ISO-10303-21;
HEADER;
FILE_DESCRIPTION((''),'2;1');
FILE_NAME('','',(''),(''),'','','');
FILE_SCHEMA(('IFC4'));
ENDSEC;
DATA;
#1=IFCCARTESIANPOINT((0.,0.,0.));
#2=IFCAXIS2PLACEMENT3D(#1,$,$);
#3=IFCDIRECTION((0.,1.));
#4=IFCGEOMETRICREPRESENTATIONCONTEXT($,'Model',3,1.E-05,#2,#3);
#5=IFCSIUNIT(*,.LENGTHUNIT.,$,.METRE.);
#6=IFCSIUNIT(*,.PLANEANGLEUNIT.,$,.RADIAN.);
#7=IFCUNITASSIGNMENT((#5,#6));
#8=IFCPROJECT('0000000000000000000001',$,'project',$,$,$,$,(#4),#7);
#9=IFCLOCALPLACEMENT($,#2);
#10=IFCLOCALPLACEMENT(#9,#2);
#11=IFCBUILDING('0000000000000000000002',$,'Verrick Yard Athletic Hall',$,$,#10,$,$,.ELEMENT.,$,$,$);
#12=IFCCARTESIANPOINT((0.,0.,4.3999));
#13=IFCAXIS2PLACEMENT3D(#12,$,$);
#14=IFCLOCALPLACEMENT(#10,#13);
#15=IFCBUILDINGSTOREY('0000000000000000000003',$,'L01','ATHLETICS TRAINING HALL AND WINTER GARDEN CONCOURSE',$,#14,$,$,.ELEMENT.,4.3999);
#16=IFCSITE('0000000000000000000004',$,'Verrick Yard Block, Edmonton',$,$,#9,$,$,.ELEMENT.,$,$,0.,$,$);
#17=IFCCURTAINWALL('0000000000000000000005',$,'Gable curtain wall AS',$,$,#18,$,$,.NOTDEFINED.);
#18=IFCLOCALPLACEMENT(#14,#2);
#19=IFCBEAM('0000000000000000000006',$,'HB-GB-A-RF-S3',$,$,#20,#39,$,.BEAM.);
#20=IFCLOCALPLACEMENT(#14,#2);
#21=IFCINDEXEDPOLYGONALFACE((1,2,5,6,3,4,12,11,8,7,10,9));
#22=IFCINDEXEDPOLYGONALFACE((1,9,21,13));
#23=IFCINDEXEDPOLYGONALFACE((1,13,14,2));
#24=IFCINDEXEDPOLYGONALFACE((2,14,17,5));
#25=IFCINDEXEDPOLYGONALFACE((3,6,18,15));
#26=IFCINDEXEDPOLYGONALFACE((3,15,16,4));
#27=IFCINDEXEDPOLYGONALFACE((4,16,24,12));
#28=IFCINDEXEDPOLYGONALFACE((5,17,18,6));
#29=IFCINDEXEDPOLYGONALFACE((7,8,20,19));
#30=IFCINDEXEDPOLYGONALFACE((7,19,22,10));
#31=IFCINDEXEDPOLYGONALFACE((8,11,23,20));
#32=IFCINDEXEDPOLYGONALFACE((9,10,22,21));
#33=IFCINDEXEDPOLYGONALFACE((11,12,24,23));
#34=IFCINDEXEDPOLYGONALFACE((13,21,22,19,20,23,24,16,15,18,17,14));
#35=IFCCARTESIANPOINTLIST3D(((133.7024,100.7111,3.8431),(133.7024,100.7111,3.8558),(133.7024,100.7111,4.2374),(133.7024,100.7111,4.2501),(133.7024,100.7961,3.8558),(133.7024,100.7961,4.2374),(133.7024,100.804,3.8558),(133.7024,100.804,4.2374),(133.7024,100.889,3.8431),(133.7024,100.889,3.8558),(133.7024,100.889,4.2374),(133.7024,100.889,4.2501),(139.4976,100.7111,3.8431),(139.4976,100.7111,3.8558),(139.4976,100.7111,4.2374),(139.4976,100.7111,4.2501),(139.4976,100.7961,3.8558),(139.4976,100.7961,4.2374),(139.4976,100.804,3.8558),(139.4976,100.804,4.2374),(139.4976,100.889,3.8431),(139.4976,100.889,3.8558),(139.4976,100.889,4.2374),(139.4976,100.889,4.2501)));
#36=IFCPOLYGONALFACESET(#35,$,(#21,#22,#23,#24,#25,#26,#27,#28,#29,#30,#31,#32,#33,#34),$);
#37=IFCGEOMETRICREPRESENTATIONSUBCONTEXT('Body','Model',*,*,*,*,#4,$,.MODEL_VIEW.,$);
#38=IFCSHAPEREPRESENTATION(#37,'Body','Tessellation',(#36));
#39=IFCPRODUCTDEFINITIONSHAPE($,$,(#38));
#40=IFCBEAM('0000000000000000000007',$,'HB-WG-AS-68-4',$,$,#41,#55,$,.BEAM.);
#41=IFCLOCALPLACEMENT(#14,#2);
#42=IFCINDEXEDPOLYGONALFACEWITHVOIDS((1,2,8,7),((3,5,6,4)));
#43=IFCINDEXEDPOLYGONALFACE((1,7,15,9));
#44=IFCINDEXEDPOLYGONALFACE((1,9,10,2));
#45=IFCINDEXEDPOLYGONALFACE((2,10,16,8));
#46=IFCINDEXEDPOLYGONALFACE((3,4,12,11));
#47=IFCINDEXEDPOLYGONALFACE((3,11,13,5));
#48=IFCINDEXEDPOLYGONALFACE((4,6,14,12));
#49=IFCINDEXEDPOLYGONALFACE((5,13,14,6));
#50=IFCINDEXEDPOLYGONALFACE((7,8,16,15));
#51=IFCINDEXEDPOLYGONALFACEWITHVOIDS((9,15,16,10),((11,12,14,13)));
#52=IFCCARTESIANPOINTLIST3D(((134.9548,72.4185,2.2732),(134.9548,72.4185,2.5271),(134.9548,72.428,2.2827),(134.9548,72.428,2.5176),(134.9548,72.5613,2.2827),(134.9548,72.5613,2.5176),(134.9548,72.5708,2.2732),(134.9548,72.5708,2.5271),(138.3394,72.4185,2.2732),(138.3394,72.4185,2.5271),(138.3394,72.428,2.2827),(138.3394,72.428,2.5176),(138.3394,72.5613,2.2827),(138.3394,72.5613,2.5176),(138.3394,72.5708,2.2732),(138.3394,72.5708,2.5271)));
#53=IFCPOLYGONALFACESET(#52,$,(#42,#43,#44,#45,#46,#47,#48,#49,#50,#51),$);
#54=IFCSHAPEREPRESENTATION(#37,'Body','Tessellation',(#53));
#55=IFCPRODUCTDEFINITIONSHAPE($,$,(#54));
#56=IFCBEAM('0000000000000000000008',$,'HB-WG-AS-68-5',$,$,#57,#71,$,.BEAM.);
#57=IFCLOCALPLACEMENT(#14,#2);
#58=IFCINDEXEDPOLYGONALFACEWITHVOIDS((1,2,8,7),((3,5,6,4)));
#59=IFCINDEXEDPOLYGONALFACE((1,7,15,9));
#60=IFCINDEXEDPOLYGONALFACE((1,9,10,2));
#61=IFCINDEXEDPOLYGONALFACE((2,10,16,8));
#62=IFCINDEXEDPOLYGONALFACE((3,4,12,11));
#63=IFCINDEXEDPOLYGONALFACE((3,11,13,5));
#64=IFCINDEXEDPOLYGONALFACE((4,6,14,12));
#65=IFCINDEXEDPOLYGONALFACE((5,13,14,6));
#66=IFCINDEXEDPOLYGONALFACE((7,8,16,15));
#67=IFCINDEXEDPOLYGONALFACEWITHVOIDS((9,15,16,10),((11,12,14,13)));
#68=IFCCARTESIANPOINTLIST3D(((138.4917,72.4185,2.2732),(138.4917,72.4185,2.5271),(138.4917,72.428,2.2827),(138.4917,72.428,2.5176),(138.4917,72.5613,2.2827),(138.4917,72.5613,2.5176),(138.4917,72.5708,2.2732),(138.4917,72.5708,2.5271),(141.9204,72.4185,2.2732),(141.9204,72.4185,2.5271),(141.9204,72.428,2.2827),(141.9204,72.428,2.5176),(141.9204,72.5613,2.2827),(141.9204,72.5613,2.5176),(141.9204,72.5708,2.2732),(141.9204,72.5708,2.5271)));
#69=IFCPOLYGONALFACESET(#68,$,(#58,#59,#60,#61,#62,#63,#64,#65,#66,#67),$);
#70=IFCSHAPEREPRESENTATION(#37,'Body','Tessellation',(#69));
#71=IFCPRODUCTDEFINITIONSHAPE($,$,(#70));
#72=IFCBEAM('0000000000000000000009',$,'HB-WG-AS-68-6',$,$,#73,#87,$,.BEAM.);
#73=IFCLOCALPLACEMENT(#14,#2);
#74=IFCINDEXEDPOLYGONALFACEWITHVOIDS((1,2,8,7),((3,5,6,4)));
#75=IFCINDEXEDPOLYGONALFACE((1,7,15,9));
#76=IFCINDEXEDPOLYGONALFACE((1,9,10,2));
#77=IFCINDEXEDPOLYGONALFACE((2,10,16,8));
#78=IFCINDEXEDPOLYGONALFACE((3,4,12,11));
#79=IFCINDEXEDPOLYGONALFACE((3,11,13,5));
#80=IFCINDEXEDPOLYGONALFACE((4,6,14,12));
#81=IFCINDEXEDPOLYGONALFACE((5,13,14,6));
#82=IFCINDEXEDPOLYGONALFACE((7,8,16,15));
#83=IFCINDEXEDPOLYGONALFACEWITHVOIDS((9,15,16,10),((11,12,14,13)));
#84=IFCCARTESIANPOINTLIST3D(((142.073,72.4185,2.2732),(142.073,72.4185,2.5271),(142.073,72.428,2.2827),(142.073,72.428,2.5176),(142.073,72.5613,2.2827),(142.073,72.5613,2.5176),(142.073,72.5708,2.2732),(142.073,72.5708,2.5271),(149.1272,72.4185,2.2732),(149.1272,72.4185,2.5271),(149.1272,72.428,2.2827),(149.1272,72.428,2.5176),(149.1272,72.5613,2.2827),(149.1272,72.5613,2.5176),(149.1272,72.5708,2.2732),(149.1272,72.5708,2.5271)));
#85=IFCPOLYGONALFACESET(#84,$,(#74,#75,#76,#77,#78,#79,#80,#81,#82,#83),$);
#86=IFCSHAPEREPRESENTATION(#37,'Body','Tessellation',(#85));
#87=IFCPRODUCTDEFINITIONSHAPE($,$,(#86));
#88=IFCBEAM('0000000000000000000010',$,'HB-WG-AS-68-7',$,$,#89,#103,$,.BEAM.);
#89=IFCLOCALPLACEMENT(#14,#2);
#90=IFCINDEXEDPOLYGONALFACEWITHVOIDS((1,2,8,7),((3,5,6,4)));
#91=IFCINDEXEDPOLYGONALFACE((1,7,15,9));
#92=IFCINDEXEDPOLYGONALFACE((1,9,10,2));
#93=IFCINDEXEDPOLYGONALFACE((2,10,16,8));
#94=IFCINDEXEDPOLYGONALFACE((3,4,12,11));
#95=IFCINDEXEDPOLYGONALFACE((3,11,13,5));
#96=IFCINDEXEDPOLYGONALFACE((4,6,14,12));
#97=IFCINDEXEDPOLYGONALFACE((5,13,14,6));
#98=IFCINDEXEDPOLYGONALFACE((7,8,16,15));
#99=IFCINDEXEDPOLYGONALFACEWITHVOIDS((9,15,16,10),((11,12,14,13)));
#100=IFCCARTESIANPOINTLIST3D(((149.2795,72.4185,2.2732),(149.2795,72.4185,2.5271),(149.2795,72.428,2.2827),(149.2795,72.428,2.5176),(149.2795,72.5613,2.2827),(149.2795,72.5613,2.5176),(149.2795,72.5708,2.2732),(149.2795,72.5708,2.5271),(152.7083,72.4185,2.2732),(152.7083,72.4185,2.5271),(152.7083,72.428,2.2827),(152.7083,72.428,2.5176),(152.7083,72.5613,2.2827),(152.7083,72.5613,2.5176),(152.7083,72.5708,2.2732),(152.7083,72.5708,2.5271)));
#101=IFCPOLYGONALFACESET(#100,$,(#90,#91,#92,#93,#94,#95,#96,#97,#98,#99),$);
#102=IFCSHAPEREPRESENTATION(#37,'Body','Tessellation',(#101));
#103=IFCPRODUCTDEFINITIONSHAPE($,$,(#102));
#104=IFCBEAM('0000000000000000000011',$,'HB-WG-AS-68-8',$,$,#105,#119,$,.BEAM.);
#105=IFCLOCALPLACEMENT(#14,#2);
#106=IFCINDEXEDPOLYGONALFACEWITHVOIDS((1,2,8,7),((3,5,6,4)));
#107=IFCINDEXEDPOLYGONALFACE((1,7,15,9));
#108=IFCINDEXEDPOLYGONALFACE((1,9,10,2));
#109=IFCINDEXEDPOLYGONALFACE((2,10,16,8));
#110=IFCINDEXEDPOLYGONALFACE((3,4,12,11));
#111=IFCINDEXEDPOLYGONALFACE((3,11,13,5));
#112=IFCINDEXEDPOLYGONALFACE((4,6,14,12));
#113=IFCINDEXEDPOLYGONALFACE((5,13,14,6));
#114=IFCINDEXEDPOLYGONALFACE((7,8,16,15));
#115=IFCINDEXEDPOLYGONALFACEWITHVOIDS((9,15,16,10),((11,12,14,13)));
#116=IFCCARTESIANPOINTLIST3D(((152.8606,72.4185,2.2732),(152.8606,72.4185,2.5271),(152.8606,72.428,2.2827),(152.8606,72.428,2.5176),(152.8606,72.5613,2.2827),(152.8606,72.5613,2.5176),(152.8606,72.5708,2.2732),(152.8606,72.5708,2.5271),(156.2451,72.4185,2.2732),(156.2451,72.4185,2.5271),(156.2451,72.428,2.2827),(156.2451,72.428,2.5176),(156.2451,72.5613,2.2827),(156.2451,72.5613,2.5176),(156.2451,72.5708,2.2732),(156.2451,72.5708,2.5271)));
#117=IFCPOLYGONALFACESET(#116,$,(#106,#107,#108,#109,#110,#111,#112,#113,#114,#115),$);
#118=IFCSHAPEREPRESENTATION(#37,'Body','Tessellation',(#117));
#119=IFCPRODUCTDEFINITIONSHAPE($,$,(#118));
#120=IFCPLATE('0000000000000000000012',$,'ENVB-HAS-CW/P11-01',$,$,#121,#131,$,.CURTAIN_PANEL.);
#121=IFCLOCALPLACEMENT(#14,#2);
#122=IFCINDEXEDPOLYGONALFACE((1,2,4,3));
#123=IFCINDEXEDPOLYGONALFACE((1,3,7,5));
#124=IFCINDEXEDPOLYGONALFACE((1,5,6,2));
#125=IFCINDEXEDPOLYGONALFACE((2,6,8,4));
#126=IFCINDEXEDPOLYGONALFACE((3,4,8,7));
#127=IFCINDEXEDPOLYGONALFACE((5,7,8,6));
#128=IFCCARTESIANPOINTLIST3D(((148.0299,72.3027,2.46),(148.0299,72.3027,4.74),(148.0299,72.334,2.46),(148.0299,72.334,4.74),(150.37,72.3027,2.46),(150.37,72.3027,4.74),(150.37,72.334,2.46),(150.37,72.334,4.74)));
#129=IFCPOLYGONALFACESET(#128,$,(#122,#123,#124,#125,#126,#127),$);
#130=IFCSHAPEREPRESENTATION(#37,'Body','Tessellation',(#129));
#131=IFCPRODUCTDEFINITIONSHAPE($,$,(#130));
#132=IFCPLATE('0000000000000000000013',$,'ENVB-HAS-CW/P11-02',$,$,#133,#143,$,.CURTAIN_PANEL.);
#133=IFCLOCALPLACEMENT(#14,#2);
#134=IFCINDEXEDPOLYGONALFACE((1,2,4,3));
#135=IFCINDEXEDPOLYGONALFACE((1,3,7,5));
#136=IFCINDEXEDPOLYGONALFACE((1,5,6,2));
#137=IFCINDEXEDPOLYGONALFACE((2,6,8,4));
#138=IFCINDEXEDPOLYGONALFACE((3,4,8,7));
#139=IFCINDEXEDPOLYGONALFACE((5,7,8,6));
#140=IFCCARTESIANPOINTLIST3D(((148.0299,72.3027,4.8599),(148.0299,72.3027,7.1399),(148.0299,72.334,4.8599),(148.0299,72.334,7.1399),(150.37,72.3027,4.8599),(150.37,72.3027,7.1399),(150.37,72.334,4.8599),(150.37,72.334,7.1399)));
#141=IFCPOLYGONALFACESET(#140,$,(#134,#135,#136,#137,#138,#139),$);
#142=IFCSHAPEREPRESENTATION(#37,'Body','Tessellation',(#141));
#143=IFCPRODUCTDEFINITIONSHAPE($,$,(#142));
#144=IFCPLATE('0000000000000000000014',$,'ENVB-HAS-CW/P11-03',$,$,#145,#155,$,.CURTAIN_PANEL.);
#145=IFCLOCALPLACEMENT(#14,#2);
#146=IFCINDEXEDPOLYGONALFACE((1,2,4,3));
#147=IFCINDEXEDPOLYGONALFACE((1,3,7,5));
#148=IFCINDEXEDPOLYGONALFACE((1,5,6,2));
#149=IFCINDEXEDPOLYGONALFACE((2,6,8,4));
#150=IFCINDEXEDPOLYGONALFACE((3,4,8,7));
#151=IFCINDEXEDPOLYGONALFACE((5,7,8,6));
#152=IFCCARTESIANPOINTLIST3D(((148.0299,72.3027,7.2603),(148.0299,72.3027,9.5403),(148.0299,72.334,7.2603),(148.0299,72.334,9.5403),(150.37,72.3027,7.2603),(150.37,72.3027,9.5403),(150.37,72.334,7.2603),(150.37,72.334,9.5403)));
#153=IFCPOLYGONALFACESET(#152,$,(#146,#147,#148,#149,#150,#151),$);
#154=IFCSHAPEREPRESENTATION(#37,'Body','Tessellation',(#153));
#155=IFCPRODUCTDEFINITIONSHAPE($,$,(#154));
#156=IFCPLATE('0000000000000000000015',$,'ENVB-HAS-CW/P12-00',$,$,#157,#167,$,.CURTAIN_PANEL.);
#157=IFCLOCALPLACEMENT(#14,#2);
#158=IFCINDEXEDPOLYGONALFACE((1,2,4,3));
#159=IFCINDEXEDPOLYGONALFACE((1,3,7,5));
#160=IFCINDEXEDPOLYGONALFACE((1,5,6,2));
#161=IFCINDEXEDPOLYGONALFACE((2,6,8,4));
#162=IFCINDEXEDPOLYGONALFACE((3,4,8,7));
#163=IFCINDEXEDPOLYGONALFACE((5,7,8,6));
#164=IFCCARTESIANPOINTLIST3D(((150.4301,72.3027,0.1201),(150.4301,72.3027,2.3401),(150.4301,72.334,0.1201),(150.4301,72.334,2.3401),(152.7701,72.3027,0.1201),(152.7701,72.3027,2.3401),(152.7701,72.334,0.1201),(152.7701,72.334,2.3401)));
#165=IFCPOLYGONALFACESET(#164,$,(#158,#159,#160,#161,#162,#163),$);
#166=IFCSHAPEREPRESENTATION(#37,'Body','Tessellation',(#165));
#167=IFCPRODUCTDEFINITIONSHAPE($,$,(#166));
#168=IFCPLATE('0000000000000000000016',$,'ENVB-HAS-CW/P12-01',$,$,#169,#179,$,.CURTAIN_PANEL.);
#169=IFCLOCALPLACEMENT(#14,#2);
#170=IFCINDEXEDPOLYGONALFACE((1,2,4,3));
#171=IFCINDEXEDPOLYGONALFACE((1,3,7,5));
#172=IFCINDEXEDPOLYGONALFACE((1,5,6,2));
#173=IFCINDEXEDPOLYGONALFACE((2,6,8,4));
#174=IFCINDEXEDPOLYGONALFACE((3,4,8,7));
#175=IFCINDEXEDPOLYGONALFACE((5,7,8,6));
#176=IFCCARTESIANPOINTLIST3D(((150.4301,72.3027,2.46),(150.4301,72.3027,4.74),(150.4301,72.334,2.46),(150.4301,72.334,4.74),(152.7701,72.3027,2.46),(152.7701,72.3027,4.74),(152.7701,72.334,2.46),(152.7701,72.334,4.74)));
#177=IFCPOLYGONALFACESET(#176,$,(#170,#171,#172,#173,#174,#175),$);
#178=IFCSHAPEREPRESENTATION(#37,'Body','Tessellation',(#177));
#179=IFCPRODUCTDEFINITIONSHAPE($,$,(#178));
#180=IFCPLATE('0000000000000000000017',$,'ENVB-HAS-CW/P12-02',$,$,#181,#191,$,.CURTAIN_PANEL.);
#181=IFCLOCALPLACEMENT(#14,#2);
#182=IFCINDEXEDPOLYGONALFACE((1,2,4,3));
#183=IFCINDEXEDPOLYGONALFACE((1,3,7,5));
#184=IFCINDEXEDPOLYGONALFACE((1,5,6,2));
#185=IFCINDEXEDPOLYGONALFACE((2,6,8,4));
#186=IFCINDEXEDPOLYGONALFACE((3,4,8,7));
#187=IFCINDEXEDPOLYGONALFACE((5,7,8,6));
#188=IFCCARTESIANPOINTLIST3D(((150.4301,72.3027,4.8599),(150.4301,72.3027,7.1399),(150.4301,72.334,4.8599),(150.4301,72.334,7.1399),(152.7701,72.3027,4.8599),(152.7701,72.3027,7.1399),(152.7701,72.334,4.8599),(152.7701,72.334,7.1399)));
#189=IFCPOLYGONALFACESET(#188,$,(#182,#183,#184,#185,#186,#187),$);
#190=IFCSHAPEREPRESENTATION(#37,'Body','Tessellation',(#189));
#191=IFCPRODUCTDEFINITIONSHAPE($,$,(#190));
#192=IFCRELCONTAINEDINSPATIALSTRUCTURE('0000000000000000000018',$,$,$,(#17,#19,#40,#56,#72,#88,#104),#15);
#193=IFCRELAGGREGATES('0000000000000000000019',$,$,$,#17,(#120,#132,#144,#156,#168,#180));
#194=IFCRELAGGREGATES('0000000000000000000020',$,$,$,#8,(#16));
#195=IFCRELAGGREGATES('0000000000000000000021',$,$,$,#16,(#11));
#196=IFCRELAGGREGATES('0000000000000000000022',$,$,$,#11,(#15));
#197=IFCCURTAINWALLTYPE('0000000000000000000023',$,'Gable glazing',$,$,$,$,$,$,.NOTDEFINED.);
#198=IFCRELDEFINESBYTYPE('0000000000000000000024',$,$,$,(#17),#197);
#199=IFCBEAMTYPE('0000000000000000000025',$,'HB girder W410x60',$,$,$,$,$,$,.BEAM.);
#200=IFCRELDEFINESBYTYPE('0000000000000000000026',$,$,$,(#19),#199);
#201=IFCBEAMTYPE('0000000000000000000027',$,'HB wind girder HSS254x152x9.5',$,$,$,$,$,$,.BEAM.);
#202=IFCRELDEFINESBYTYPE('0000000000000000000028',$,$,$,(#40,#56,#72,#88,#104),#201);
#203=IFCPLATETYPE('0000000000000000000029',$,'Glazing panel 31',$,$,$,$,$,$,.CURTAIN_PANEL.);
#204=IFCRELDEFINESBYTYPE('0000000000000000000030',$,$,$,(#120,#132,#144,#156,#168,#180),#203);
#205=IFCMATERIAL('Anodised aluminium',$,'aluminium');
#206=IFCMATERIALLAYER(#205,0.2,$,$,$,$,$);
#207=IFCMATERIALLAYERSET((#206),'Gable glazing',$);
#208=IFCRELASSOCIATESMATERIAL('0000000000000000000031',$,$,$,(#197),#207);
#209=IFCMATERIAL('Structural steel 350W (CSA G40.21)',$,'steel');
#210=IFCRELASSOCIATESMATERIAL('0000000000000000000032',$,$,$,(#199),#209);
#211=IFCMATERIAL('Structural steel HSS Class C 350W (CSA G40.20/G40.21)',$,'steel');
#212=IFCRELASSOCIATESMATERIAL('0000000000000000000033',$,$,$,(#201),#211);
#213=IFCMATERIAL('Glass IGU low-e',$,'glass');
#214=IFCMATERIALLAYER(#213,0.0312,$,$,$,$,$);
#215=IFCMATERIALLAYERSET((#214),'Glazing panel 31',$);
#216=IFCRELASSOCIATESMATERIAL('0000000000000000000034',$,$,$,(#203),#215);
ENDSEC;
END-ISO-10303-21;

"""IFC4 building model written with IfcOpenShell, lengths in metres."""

from ifc_helpers import new_model, si_unit, direction, frame, origin, origin_2d, place, context, subcontext, project, spatial, rectangle, hollow_rectangle, i_section, extrude, material, layer, layer_set, material_profile, profile_set, type_object, element, aggregate, save


model = new_model("IFC4")

# Units and contexts
model_context = context("Model", 3, precision=1e-05, world=origin(), true_north=direction((0.0, 1.0)))
body_context = subcontext(model_context, "Body", "Model", "MODEL_VIEW")
ifc_project = project(units=[si_unit("LENGTHUNIT", "METRE"), si_unit("PLANEANGLEUNIT", "RADIAN")], contexts=[model_context])

# Site, building, storey
site_placement = place(None, origin())
site = spatial("IfcSite", under=ifc_project, at=site_placement, Name="Verrick Yard Block, Edmonton", CompositionType="ELEMENT", RefElevation=0.0)
building_placement = place(site_placement, origin())
building = spatial("IfcBuilding", under=site, at=building_placement, Name="Verrick Yard Athletic Hall", CompositionType="ELEMENT")
storey_placement = place(building_placement, frame((0.0, 0.0, 4.3999)))
storey = spatial("IfcBuildingStorey", under=building, at=storey_placement, Name="L01", Description="ATHLETICS TRAINING HALL AND WINTER GARDEN CONCOURSE", CompositionType="ELEMENT", Elevation=4.3999)

# Shared definitions
ifc_material_1 = material(Name="Structural steel 350W (CSA G40.21)", Category="steel")

# Curtain wall
ifc_material_2 = material(Name="Anodised aluminium", Category="aluminium")
ifc_layer_1 = layer(ifc_material_2, 0.2)
ifc_layer_set_1 = layer_set([ifc_layer_1], Name="Gable glazing")
curtain_wall_type = type_object("IfcCurtainWallType", Name="Gable glazing", PredefinedType="NOTDEFINED", material=ifc_layer_set_1)
curtain_wall_placement = place(storey_placement, origin())
curtain_wall = element("IfcCurtainWall", 1, at=curtain_wall_placement, inside=storey, type_object=curtain_wall_type, Name="Gable curtain wall AS", PredefinedType="NOTDEFINED")

# Beams
ifc_material_profile_1 = material_profile(ifc_material_1, i_section(OverallWidth=0.178, OverallDepth=0.407, WebThickness=0.0078, FlangeThickness=0.0127, at=origin_2d()), Name="W410x60")
ifc_profile_set_1 = profile_set([ifc_material_profile_1], Name="Structural steel 350W (CSA G40.21)")
beam_type_1 = type_object("IfcBeamType", Name="HB girder W410x60", PredefinedType="BEAM", material=ifc_profile_set_1)
beam_1_placement = place(storey_placement, frame((133.7024, 100.8, 4.0466), z_axis=(1.0, 0.0, 0.0), x_axis=(0.0, 1.0, 0.0)))
element("IfcBeam", 2, at=beam_1_placement, inside=storey, type_object=beam_type_1, Name="HB-GB-A-RF-S3", PredefinedType="BEAM", context=body_context, shape_type="SweptSolid", body=[
    extrude(i_section(OverallWidth=0.178, OverallDepth=0.407, WebThickness=0.0078, FlangeThickness=0.0127, at=origin_2d()), origin(), (0.0, 0.0, 1.0), 5.7952),
])
ifc_material_3 = material(Name="Structural steel HSS Class C 350W (CSA G40.20/G40.21)", Category="steel")
ifc_material_profile_2 = material_profile(ifc_material_3, hollow_rectangle(XDim=0.1523, YDim=0.2539, WallThickness=0.0095, at=origin_2d()), Name="HSS254x152x9.5")
ifc_profile_set_2 = profile_set([ifc_material_profile_2], Name="Structural steel HSS Class C 350W (CSA G40.20/G40.21)")
beam_type_2 = type_object("IfcBeamType", Name="HB wind girder HSS254x152x9.5", PredefinedType="BEAM", material=ifc_profile_set_2)
beam_2_placement = place(storey_placement, frame((134.9548, 72.4946, 2.4001), z_axis=(1.0, 0.0, 0.0), x_axis=(0.0, 1.0, 0.0)))
element("IfcBeam", 3, at=beam_2_placement, inside=storey, type_object=beam_type_2, Name="HB-WG-AS-68-4", PredefinedType="BEAM", context=body_context, shape_type="SweptSolid", body=[
    extrude(hollow_rectangle(XDim=0.1523, YDim=0.2539, WallThickness=0.0095, at=origin_2d()), origin(), (0.0, 0.0, 1.0), 3.3845),
])
beam_3_placement = place(storey_placement, frame((138.4917, 72.4946, 2.4001), z_axis=(1.0, 0.0, 0.0), x_axis=(0.0, 1.0, 0.0)))
element("IfcBeam", 4, at=beam_3_placement, inside=storey, type_object=beam_type_2, Name="HB-WG-AS-68-5", PredefinedType="BEAM", context=body_context, shape_type="SweptSolid", body=[
    extrude(hollow_rectangle(XDim=0.1523, YDim=0.2539, WallThickness=0.0095, at=origin_2d()), origin(), (0.0, 0.0, 1.0), 3.4287),
])
beam_4_placement = place(storey_placement, frame((142.073, 72.4946, 2.4001), z_axis=(1.0, 0.0, 0.0), x_axis=(0.0, 1.0, 0.0)))
element("IfcBeam", 5, at=beam_4_placement, inside=storey, type_object=beam_type_2, Name="HB-WG-AS-68-6", PredefinedType="BEAM", context=body_context, shape_type="SweptSolid", body=[
    extrude(hollow_rectangle(XDim=0.1523, YDim=0.2539, WallThickness=0.0095, at=origin_2d()), origin(), (0.0, 0.0, 1.0), 7.0542),
])
beam_5_placement = place(storey_placement, frame((149.2795, 72.4946, 2.4001), z_axis=(1.0, 0.0, 0.0), x_axis=(0.0, 1.0, 0.0)))
element("IfcBeam", 6, at=beam_5_placement, inside=storey, type_object=beam_type_2, Name="HB-WG-AS-68-7", PredefinedType="BEAM", context=body_context, shape_type="SweptSolid", body=[
    extrude(hollow_rectangle(XDim=0.1523, YDim=0.2539, WallThickness=0.0095, at=origin_2d()), origin(), (0.0, 0.0, 1.0), 3.4287),
])
beam_6_placement = place(storey_placement, frame((152.8606, 72.4946, 2.4001), z_axis=(1.0, 0.0, 0.0), x_axis=(0.0, 1.0, 0.0)))
element("IfcBeam", 7, at=beam_6_placement, inside=storey, type_object=beam_type_2, Name="HB-WG-AS-68-8", PredefinedType="BEAM", context=body_context, shape_type="SweptSolid", body=[
    extrude(hollow_rectangle(XDim=0.1523, YDim=0.2539, WallThickness=0.0095, at=origin_2d()), origin(), (0.0, 0.0, 1.0), 3.3845),
])

# Plates
ifc_material_4 = material(Name="Glass IGU low-e", Category="glass")
ifc_layer_2 = layer(ifc_material_4, 0.0312)
ifc_layer_set_2 = layer_set([ifc_layer_2], Name="Glazing panel 31")
plate_type = type_object("IfcPlateType", Name="Glazing panel 31", PredefinedType="CURTAIN_PANEL", material=ifc_layer_set_2)
plate_1_placement = place(storey_placement, frame((149.2, 72.3184, 2.46), z_axis=(0.0, 0.0, 1.0), x_axis=(1.0, 0.0, 0.0)))
plate_1 = element("IfcPlate", 8, at=plate_1_placement, type_object=plate_type, Name="ENVB-HAS-CW/P11-01", PredefinedType="CURTAIN_PANEL", context=body_context, shape_type="SweptSolid", body=[
    extrude(rectangle(XDim=2.3401, YDim=0.0312, at=origin_2d()), origin(), (0.0, 0.0, 1.0), 2.28),
])
plate_2_placement = place(storey_placement, frame((149.2, 72.3184, 4.8599), z_axis=(0.0, 0.0, 1.0), x_axis=(1.0, 0.0, 0.0)))
plate_2 = element("IfcPlate", 9, at=plate_2_placement, type_object=plate_type, Name="ENVB-HAS-CW/P11-02", PredefinedType="CURTAIN_PANEL", context=body_context, shape_type="SweptSolid", body=[
    extrude(rectangle(XDim=2.3401, YDim=0.0312, at=origin_2d()), origin(), (0.0, 0.0, 1.0), 2.28),
])
plate_3_placement = place(storey_placement, frame((149.2, 72.3184, 7.2603), z_axis=(0.0, 0.0, 1.0), x_axis=(1.0, 0.0, 0.0)))
plate_3 = element("IfcPlate", 10, at=plate_3_placement, type_object=plate_type, Name="ENVB-HAS-CW/P11-03", PredefinedType="CURTAIN_PANEL", context=body_context, shape_type="SweptSolid", body=[
    extrude(rectangle(XDim=2.3401, YDim=0.0312, at=origin_2d()), origin(), (0.0, 0.0, 1.0), 2.28),
])
plate_4_placement = place(storey_placement, frame((151.6001, 72.3184, 0.1201), z_axis=(0.0, 0.0, 1.0), x_axis=(1.0, 0.0, 0.0)))
plate_4 = element("IfcPlate", 11, at=plate_4_placement, type_object=plate_type, Name="ENVB-HAS-CW/P12-00", PredefinedType="CURTAIN_PANEL", context=body_context, shape_type="SweptSolid", body=[
    extrude(rectangle(XDim=2.3401, YDim=0.0312, at=origin_2d()), origin(), (0.0, 0.0, 1.0), 2.22),
])
plate_5_placement = place(storey_placement, frame((151.6001, 72.3184, 2.46), z_axis=(0.0, 0.0, 1.0), x_axis=(1.0, 0.0, 0.0)))
plate_5 = element("IfcPlate", 12, at=plate_5_placement, type_object=plate_type, Name="ENVB-HAS-CW/P12-01", PredefinedType="CURTAIN_PANEL", context=body_context, shape_type="SweptSolid", body=[
    extrude(rectangle(XDim=2.3401, YDim=0.0312, at=origin_2d()), origin(), (0.0, 0.0, 1.0), 2.28),
])
plate_6_placement = place(storey_placement, frame((151.6001, 72.3184, 4.8599), z_axis=(0.0, 0.0, 1.0), x_axis=(1.0, 0.0, 0.0)))
plate_6 = element("IfcPlate", 13, at=plate_6_placement, type_object=plate_type, Name="ENVB-HAS-CW/P12-02", PredefinedType="CURTAIN_PANEL", context=body_context, shape_type="SweptSolid", body=[
    extrude(rectangle(XDim=2.3401, YDim=0.0312, at=origin_2d()), origin(), (0.0, 0.0, 1.0), 2.28),
])
aggregate(curtain_wall, [plate_1, plate_2, plate_3, plate_4, plate_5, plate_6])

save(model, "model.ifc")
